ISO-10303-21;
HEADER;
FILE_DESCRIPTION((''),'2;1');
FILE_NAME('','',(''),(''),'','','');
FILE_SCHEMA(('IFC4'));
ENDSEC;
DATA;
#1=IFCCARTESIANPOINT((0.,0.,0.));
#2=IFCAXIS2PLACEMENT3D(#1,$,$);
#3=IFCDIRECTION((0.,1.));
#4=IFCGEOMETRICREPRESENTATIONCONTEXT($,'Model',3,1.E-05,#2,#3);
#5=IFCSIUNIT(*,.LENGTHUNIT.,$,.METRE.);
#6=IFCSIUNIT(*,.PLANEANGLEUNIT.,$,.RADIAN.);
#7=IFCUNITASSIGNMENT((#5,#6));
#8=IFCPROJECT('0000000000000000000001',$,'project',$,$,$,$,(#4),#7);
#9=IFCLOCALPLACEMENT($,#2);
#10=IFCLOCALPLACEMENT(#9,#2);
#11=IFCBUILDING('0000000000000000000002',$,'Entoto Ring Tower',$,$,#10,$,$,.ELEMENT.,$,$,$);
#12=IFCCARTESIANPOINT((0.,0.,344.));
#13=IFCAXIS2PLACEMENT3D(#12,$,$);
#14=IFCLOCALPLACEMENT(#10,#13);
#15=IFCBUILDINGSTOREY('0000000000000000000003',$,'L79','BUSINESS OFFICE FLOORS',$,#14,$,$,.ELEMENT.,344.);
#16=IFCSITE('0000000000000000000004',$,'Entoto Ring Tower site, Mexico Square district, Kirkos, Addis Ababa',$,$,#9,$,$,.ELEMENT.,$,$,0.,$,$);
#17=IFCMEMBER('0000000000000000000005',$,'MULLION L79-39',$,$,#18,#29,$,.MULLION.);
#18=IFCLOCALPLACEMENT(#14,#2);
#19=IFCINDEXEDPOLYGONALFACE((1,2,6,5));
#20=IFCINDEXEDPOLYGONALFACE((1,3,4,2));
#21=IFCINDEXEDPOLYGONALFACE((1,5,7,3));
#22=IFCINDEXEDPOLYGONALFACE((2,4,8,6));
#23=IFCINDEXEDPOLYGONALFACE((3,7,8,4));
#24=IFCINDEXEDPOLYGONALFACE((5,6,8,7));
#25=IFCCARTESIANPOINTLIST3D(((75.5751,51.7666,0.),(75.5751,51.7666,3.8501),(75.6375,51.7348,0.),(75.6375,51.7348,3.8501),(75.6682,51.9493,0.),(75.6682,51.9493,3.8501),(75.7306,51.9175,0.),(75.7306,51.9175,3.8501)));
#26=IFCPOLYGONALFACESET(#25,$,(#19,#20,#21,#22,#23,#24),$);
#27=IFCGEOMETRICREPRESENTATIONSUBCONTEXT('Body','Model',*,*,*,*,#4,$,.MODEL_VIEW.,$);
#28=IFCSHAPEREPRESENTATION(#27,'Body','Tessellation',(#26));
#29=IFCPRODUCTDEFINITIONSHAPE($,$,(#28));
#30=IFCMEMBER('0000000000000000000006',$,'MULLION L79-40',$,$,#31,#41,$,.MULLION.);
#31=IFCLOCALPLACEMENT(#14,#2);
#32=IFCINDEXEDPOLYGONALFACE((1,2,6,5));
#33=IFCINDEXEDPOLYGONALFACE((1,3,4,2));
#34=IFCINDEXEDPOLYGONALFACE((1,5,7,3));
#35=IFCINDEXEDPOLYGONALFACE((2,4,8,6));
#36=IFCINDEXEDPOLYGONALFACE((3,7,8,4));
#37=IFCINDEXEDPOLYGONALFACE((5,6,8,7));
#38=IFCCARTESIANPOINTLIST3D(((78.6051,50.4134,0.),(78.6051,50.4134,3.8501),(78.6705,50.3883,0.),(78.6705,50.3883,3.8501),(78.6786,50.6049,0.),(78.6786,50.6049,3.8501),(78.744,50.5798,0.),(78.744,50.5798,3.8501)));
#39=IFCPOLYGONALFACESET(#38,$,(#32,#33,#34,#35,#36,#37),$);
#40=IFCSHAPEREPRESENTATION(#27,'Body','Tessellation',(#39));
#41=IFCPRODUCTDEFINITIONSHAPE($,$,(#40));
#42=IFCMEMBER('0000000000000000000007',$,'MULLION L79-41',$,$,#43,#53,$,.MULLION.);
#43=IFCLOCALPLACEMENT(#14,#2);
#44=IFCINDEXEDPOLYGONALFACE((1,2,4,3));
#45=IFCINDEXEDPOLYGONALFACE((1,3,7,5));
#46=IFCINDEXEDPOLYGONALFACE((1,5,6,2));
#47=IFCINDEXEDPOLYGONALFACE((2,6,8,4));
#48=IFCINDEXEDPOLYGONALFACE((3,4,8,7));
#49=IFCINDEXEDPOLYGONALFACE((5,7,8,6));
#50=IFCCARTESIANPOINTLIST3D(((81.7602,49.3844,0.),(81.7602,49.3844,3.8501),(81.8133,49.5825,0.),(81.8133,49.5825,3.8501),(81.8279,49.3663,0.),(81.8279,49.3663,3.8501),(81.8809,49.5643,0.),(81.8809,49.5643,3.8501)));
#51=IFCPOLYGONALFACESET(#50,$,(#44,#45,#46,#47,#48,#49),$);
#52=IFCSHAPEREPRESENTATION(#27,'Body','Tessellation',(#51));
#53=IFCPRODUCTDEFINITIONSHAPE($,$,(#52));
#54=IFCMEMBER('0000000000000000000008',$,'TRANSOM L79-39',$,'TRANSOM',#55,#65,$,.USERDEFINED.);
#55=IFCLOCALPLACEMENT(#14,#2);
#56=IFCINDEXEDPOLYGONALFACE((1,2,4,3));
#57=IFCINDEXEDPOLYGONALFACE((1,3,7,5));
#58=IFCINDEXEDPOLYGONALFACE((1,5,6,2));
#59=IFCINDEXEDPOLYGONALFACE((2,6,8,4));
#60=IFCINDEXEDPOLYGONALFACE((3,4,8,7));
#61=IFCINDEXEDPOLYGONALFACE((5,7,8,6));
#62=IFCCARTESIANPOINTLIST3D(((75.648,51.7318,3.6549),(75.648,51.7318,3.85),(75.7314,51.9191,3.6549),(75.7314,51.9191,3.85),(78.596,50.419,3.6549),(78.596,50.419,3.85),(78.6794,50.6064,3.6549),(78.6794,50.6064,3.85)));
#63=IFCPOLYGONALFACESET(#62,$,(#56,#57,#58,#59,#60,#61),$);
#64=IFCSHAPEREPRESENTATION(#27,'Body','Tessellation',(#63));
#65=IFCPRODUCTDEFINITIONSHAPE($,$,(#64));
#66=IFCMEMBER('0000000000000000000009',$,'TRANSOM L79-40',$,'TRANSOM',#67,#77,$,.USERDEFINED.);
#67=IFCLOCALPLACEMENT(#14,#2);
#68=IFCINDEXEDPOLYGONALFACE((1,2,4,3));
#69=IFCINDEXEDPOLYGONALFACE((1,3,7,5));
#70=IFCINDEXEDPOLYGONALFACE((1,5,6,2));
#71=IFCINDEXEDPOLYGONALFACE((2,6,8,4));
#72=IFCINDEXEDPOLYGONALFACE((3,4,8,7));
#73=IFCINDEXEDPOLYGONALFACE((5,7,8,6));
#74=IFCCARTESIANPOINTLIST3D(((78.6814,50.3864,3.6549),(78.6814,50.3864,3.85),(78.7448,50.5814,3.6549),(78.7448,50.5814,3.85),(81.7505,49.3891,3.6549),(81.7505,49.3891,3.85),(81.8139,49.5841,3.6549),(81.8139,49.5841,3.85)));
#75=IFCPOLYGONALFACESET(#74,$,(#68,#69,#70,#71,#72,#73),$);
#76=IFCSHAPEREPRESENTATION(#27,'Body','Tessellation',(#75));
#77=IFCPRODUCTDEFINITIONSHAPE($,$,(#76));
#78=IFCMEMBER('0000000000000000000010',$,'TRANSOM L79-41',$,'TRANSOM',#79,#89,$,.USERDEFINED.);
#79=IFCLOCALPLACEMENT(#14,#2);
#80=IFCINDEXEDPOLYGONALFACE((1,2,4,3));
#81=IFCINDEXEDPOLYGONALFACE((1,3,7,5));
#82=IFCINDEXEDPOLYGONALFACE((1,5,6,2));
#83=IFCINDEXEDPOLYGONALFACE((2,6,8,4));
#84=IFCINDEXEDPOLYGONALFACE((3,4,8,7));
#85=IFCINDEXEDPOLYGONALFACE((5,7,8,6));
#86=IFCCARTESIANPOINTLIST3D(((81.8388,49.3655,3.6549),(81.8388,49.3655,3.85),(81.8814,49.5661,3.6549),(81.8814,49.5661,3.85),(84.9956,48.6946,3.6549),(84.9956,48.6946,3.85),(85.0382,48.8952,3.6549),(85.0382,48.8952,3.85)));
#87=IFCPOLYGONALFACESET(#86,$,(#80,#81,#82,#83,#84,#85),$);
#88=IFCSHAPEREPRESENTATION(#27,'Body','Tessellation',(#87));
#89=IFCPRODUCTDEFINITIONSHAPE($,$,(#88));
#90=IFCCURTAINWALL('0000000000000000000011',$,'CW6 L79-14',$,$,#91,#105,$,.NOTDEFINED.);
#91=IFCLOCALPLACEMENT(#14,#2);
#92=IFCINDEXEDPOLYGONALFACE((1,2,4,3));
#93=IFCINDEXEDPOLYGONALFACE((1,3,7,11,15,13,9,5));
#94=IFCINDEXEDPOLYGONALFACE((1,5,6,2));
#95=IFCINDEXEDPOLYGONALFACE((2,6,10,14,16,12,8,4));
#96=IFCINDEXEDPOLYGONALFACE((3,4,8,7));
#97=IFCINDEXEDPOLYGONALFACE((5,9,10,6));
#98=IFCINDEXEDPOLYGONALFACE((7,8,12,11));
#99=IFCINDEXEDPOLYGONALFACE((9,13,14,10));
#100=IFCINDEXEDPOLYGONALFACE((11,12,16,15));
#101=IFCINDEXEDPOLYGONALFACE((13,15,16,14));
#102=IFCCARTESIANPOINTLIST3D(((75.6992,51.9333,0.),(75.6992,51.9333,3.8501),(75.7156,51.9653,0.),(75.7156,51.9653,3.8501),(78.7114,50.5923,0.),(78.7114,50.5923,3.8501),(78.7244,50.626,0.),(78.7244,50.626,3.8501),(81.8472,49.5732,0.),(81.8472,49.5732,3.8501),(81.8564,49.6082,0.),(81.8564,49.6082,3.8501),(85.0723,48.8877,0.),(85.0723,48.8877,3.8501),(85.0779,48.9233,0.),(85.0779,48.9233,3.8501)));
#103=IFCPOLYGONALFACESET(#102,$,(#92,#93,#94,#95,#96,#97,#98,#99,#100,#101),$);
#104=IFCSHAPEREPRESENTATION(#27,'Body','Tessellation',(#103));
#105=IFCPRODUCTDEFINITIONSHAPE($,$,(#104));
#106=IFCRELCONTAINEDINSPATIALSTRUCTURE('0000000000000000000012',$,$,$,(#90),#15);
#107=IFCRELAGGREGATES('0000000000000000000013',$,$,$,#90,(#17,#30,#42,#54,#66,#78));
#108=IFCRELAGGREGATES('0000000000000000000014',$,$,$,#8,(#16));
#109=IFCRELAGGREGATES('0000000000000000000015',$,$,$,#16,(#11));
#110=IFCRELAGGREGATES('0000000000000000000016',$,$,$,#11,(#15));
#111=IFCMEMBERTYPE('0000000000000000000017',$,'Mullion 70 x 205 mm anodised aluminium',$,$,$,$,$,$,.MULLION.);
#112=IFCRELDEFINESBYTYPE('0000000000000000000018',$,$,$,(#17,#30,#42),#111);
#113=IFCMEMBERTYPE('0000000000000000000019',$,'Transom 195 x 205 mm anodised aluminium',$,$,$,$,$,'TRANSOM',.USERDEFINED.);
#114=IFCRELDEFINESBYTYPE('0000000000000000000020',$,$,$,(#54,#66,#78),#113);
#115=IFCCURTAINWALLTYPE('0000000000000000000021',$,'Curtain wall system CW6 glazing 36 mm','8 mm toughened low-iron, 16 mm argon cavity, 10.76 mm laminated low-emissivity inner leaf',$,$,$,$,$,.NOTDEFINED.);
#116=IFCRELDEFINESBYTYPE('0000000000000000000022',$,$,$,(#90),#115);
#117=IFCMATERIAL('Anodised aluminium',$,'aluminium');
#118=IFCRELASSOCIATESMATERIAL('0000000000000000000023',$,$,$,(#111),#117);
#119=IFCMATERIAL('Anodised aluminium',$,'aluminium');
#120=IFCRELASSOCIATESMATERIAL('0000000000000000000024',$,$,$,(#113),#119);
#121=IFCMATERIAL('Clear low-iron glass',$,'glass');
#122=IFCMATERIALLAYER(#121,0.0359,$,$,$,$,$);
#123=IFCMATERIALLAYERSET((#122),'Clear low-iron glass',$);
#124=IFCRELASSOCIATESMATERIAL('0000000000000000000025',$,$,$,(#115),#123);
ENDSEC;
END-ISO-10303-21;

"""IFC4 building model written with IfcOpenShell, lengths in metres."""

from ifc_helpers import new_model, si_unit, direction, frame, origin, origin_2d, place, context, subcontext, project, spatial, polyline, rectangle, outline, extrude, material, layer, layer_set, material_profile, profile_set, type_object, element, aggregate, save


model = new_model("IFC4")

# Units and contexts
model_context = context("Model", 3, precision=1e-05, world=origin(), true_north=direction((0.0, 1.0)))
body_context = subcontext(model_context, "Body", "Model", "MODEL_VIEW")
ifc_project = project(units=[si_unit("LENGTHUNIT", "METRE"), si_unit("PLANEANGLEUNIT", "RADIAN")], contexts=[model_context])

# Members
ifc_material_1 = material(Name="Anodised aluminium", Category="aluminium")
ifc_material_profile_1 = material_profile(ifc_material_1, rectangle(XDim=0.0701, YDim=0.2051, at=origin_2d()), Name="Mullion 70 x 205 mm anodised aluminium")
ifc_profile_set_1 = profile_set([ifc_material_profile_1], Name="Anodised aluminium")
member_type_1 = type_object("IfcMemberType", Name="Mullion 70 x 205 mm anodised aluminium", PredefinedType="MULLION", material=ifc_profile_set_1)
site_placement = place(None, origin())
building_placement = place(site_placement, origin())
storey_placement = place(building_placement, frame((0.0, 0.0, 344.0)))
member_1_placement = place(storey_placement, frame((75.6528, 51.842, 0.0), z_axis=(0.0, 0.0, 1.0), x_axis=(0.891007, -0.45399, 0.0)))
member_1 = element("IfcMember", 1, at=member_1_placement, type_object=member_type_1, Name="MULLION L79-39", PredefinedType="MULLION", context=body_context, shape_type="SweptSolid", body=[
    extrude(rectangle(XDim=0.0701, YDim=0.2051, at=origin_2d()), origin(), (0.0, 0.0, 1.0), 3.8501),
])
member_2_placement = place(storey_placement, frame((78.6746, 50.4966, 0.0), z_axis=(0.0, 0.0, 1.0), x_axis=(0.93358, -0.358368, 0.0)))
member_2 = element("IfcMember", 2, at=member_2_placement, type_object=member_type_1, Name="MULLION L79-40", PredefinedType="MULLION", context=body_context, shape_type="SweptSolid", body=[
    extrude(rectangle(XDim=0.0701, YDim=0.2051, at=origin_2d()), origin(), (0.0, 0.0, 1.0), 3.8501),
])
member_3_placement = place(storey_placement, frame((81.8206, 49.4744, 0.0), z_axis=(0.0, 0.0, 1.0), x_axis=(0.965926, -0.258819, 0.0)))
member_3 = element("IfcMember", 3, at=member_3_placement, type_object=member_type_1, Name="MULLION L79-41", PredefinedType="MULLION", context=body_context, shape_type="SweptSolid", body=[
    extrude(rectangle(XDim=0.0701, YDim=0.2051, at=origin_2d()), origin(), (0.0, 0.0, 1.0), 3.8501),
])
ifc_material_2 = material(Name="Anodised aluminium", Category="aluminium")
ifc_material_profile_2 = material_profile(ifc_material_2, rectangle(XDim=0.2051, YDim=0.1951, at=origin_2d()), Name="Transom 195 x 205 mm anodised aluminium")
ifc_profile_set_2 = profile_set([ifc_material_profile_2], Name="Anodised aluminium")
member_type_2 = type_object("IfcMemberType", Name="Transom 195 x 205 mm anodised aluminium", ElementType="TRANSOM", PredefinedType="USERDEFINED", material=ifc_profile_set_2)
member_4_placement = place(storey_placement, frame((75.6897, 51.8254, 3.7524), z_axis=(0.913521, -0.406791, 0.0), x_axis=(0.406791, 0.913521, 0.0)))
member_4 = element("IfcMember", 4, at=member_4_placement, type_object=member_type_2, Name="TRANSOM L79-39", ObjectType="TRANSOM", PredefinedType="USERDEFINED", context=body_context, shape_type="SweptSolid", body=[
    extrude(rectangle(XDim=0.2051, YDim=0.1951, at=origin_2d()), origin(), (0.0, 0.0, 1.0), 3.2271),
])
member_5_placement = place(storey_placement, frame((78.7131, 50.4839, 3.7524), z_axis=(0.951047, -0.309047, 0.0), x_axis=(0.309047, 0.951047, 0.0)))
member_5 = element("IfcMember", 5, at=member_5_placement, type_object=member_type_2, Name="TRANSOM L79-40", ObjectType="TRANSOM", PredefinedType="USERDEFINED", context=body_context, shape_type="SweptSolid", body=[
    extrude(rectangle(XDim=0.2051, YDim=0.1951, at=origin_2d()), origin(), (0.0, 0.0, 1.0), 3.2271),
])
member_6_placement = place(storey_placement, frame((81.8601, 49.4658, 3.7524), z_axis=(0.978153, -0.207886, 0.0), x_axis=(0.207886, 0.978153, 0.0)))
member_6 = element("IfcMember", 6, at=member_6_placement, type_object=member_type_2, Name="TRANSOM L79-41", ObjectType="TRANSOM", PredefinedType="USERDEFINED", context=body_context, shape_type="SweptSolid", body=[
    extrude(rectangle(XDim=0.2051, YDim=0.1951, at=origin_2d()), origin(), (0.0, 0.0, 1.0), 3.2273),
])

# Site, building, storey
site = spatial("IfcSite", under=ifc_project, at=site_placement, Name="Entoto Ring Tower site, Mexico Square district, Kirkos, Addis Ababa", CompositionType="ELEMENT", RefElevation=0.0)
building = spatial("IfcBuilding", under=site, at=building_placement, Name="Entoto Ring Tower", CompositionType="ELEMENT")
storey = spatial("IfcBuildingStorey", under=building, at=storey_placement, Name="L79", Description="BUSINESS OFFICE FLOORS", CompositionType="ELEMENT", Elevation=344.0)

# Curtain wall
ifc_material_3 = material(Name="Clear low-iron glass", Category="glass")
ifc_layer = layer(ifc_material_3, 0.0359)
ifc_layer_set = layer_set([ifc_layer], Name="Clear low-iron glass")
curtain_wall_type = type_object("IfcCurtainWallType", Name="Curtain wall system CW6 glazing 36 mm", Description="8 mm toughened low-iron, 16 mm argon cavity, 10.76 mm laminated low-emissivity inner leaf", PredefinedType="NOTDEFINED", material=ifc_layer_set)
curtain_wall_1_placement = place(storey_placement, origin())
curtain_wall_1 = element("IfcCurtainWall", 7, at=curtain_wall_1_placement, inside=storey, type_object=curtain_wall_type, Name="CW6 L79-14", PredefinedType="NOTDEFINED", context=body_context, shape_type="SweptSolid", body=[
    extrude(outline(polyline([(75.6992, 51.9333), (78.7114, 50.5923), (81.8472, 49.5732), (85.0723, 48.8877), (85.0779, 48.9233), (81.8564, 49.6082), (78.7244, 50.626), (75.7156, 51.9653), (75.6992, 51.9333)])), origin(), (0.0, 0.0, 1.0), 3.8501),
])
aggregate(curtain_wall_1, [member_1, member_2, member_3, member_4, member_5, member_6])

save(model, "model.ifc")
